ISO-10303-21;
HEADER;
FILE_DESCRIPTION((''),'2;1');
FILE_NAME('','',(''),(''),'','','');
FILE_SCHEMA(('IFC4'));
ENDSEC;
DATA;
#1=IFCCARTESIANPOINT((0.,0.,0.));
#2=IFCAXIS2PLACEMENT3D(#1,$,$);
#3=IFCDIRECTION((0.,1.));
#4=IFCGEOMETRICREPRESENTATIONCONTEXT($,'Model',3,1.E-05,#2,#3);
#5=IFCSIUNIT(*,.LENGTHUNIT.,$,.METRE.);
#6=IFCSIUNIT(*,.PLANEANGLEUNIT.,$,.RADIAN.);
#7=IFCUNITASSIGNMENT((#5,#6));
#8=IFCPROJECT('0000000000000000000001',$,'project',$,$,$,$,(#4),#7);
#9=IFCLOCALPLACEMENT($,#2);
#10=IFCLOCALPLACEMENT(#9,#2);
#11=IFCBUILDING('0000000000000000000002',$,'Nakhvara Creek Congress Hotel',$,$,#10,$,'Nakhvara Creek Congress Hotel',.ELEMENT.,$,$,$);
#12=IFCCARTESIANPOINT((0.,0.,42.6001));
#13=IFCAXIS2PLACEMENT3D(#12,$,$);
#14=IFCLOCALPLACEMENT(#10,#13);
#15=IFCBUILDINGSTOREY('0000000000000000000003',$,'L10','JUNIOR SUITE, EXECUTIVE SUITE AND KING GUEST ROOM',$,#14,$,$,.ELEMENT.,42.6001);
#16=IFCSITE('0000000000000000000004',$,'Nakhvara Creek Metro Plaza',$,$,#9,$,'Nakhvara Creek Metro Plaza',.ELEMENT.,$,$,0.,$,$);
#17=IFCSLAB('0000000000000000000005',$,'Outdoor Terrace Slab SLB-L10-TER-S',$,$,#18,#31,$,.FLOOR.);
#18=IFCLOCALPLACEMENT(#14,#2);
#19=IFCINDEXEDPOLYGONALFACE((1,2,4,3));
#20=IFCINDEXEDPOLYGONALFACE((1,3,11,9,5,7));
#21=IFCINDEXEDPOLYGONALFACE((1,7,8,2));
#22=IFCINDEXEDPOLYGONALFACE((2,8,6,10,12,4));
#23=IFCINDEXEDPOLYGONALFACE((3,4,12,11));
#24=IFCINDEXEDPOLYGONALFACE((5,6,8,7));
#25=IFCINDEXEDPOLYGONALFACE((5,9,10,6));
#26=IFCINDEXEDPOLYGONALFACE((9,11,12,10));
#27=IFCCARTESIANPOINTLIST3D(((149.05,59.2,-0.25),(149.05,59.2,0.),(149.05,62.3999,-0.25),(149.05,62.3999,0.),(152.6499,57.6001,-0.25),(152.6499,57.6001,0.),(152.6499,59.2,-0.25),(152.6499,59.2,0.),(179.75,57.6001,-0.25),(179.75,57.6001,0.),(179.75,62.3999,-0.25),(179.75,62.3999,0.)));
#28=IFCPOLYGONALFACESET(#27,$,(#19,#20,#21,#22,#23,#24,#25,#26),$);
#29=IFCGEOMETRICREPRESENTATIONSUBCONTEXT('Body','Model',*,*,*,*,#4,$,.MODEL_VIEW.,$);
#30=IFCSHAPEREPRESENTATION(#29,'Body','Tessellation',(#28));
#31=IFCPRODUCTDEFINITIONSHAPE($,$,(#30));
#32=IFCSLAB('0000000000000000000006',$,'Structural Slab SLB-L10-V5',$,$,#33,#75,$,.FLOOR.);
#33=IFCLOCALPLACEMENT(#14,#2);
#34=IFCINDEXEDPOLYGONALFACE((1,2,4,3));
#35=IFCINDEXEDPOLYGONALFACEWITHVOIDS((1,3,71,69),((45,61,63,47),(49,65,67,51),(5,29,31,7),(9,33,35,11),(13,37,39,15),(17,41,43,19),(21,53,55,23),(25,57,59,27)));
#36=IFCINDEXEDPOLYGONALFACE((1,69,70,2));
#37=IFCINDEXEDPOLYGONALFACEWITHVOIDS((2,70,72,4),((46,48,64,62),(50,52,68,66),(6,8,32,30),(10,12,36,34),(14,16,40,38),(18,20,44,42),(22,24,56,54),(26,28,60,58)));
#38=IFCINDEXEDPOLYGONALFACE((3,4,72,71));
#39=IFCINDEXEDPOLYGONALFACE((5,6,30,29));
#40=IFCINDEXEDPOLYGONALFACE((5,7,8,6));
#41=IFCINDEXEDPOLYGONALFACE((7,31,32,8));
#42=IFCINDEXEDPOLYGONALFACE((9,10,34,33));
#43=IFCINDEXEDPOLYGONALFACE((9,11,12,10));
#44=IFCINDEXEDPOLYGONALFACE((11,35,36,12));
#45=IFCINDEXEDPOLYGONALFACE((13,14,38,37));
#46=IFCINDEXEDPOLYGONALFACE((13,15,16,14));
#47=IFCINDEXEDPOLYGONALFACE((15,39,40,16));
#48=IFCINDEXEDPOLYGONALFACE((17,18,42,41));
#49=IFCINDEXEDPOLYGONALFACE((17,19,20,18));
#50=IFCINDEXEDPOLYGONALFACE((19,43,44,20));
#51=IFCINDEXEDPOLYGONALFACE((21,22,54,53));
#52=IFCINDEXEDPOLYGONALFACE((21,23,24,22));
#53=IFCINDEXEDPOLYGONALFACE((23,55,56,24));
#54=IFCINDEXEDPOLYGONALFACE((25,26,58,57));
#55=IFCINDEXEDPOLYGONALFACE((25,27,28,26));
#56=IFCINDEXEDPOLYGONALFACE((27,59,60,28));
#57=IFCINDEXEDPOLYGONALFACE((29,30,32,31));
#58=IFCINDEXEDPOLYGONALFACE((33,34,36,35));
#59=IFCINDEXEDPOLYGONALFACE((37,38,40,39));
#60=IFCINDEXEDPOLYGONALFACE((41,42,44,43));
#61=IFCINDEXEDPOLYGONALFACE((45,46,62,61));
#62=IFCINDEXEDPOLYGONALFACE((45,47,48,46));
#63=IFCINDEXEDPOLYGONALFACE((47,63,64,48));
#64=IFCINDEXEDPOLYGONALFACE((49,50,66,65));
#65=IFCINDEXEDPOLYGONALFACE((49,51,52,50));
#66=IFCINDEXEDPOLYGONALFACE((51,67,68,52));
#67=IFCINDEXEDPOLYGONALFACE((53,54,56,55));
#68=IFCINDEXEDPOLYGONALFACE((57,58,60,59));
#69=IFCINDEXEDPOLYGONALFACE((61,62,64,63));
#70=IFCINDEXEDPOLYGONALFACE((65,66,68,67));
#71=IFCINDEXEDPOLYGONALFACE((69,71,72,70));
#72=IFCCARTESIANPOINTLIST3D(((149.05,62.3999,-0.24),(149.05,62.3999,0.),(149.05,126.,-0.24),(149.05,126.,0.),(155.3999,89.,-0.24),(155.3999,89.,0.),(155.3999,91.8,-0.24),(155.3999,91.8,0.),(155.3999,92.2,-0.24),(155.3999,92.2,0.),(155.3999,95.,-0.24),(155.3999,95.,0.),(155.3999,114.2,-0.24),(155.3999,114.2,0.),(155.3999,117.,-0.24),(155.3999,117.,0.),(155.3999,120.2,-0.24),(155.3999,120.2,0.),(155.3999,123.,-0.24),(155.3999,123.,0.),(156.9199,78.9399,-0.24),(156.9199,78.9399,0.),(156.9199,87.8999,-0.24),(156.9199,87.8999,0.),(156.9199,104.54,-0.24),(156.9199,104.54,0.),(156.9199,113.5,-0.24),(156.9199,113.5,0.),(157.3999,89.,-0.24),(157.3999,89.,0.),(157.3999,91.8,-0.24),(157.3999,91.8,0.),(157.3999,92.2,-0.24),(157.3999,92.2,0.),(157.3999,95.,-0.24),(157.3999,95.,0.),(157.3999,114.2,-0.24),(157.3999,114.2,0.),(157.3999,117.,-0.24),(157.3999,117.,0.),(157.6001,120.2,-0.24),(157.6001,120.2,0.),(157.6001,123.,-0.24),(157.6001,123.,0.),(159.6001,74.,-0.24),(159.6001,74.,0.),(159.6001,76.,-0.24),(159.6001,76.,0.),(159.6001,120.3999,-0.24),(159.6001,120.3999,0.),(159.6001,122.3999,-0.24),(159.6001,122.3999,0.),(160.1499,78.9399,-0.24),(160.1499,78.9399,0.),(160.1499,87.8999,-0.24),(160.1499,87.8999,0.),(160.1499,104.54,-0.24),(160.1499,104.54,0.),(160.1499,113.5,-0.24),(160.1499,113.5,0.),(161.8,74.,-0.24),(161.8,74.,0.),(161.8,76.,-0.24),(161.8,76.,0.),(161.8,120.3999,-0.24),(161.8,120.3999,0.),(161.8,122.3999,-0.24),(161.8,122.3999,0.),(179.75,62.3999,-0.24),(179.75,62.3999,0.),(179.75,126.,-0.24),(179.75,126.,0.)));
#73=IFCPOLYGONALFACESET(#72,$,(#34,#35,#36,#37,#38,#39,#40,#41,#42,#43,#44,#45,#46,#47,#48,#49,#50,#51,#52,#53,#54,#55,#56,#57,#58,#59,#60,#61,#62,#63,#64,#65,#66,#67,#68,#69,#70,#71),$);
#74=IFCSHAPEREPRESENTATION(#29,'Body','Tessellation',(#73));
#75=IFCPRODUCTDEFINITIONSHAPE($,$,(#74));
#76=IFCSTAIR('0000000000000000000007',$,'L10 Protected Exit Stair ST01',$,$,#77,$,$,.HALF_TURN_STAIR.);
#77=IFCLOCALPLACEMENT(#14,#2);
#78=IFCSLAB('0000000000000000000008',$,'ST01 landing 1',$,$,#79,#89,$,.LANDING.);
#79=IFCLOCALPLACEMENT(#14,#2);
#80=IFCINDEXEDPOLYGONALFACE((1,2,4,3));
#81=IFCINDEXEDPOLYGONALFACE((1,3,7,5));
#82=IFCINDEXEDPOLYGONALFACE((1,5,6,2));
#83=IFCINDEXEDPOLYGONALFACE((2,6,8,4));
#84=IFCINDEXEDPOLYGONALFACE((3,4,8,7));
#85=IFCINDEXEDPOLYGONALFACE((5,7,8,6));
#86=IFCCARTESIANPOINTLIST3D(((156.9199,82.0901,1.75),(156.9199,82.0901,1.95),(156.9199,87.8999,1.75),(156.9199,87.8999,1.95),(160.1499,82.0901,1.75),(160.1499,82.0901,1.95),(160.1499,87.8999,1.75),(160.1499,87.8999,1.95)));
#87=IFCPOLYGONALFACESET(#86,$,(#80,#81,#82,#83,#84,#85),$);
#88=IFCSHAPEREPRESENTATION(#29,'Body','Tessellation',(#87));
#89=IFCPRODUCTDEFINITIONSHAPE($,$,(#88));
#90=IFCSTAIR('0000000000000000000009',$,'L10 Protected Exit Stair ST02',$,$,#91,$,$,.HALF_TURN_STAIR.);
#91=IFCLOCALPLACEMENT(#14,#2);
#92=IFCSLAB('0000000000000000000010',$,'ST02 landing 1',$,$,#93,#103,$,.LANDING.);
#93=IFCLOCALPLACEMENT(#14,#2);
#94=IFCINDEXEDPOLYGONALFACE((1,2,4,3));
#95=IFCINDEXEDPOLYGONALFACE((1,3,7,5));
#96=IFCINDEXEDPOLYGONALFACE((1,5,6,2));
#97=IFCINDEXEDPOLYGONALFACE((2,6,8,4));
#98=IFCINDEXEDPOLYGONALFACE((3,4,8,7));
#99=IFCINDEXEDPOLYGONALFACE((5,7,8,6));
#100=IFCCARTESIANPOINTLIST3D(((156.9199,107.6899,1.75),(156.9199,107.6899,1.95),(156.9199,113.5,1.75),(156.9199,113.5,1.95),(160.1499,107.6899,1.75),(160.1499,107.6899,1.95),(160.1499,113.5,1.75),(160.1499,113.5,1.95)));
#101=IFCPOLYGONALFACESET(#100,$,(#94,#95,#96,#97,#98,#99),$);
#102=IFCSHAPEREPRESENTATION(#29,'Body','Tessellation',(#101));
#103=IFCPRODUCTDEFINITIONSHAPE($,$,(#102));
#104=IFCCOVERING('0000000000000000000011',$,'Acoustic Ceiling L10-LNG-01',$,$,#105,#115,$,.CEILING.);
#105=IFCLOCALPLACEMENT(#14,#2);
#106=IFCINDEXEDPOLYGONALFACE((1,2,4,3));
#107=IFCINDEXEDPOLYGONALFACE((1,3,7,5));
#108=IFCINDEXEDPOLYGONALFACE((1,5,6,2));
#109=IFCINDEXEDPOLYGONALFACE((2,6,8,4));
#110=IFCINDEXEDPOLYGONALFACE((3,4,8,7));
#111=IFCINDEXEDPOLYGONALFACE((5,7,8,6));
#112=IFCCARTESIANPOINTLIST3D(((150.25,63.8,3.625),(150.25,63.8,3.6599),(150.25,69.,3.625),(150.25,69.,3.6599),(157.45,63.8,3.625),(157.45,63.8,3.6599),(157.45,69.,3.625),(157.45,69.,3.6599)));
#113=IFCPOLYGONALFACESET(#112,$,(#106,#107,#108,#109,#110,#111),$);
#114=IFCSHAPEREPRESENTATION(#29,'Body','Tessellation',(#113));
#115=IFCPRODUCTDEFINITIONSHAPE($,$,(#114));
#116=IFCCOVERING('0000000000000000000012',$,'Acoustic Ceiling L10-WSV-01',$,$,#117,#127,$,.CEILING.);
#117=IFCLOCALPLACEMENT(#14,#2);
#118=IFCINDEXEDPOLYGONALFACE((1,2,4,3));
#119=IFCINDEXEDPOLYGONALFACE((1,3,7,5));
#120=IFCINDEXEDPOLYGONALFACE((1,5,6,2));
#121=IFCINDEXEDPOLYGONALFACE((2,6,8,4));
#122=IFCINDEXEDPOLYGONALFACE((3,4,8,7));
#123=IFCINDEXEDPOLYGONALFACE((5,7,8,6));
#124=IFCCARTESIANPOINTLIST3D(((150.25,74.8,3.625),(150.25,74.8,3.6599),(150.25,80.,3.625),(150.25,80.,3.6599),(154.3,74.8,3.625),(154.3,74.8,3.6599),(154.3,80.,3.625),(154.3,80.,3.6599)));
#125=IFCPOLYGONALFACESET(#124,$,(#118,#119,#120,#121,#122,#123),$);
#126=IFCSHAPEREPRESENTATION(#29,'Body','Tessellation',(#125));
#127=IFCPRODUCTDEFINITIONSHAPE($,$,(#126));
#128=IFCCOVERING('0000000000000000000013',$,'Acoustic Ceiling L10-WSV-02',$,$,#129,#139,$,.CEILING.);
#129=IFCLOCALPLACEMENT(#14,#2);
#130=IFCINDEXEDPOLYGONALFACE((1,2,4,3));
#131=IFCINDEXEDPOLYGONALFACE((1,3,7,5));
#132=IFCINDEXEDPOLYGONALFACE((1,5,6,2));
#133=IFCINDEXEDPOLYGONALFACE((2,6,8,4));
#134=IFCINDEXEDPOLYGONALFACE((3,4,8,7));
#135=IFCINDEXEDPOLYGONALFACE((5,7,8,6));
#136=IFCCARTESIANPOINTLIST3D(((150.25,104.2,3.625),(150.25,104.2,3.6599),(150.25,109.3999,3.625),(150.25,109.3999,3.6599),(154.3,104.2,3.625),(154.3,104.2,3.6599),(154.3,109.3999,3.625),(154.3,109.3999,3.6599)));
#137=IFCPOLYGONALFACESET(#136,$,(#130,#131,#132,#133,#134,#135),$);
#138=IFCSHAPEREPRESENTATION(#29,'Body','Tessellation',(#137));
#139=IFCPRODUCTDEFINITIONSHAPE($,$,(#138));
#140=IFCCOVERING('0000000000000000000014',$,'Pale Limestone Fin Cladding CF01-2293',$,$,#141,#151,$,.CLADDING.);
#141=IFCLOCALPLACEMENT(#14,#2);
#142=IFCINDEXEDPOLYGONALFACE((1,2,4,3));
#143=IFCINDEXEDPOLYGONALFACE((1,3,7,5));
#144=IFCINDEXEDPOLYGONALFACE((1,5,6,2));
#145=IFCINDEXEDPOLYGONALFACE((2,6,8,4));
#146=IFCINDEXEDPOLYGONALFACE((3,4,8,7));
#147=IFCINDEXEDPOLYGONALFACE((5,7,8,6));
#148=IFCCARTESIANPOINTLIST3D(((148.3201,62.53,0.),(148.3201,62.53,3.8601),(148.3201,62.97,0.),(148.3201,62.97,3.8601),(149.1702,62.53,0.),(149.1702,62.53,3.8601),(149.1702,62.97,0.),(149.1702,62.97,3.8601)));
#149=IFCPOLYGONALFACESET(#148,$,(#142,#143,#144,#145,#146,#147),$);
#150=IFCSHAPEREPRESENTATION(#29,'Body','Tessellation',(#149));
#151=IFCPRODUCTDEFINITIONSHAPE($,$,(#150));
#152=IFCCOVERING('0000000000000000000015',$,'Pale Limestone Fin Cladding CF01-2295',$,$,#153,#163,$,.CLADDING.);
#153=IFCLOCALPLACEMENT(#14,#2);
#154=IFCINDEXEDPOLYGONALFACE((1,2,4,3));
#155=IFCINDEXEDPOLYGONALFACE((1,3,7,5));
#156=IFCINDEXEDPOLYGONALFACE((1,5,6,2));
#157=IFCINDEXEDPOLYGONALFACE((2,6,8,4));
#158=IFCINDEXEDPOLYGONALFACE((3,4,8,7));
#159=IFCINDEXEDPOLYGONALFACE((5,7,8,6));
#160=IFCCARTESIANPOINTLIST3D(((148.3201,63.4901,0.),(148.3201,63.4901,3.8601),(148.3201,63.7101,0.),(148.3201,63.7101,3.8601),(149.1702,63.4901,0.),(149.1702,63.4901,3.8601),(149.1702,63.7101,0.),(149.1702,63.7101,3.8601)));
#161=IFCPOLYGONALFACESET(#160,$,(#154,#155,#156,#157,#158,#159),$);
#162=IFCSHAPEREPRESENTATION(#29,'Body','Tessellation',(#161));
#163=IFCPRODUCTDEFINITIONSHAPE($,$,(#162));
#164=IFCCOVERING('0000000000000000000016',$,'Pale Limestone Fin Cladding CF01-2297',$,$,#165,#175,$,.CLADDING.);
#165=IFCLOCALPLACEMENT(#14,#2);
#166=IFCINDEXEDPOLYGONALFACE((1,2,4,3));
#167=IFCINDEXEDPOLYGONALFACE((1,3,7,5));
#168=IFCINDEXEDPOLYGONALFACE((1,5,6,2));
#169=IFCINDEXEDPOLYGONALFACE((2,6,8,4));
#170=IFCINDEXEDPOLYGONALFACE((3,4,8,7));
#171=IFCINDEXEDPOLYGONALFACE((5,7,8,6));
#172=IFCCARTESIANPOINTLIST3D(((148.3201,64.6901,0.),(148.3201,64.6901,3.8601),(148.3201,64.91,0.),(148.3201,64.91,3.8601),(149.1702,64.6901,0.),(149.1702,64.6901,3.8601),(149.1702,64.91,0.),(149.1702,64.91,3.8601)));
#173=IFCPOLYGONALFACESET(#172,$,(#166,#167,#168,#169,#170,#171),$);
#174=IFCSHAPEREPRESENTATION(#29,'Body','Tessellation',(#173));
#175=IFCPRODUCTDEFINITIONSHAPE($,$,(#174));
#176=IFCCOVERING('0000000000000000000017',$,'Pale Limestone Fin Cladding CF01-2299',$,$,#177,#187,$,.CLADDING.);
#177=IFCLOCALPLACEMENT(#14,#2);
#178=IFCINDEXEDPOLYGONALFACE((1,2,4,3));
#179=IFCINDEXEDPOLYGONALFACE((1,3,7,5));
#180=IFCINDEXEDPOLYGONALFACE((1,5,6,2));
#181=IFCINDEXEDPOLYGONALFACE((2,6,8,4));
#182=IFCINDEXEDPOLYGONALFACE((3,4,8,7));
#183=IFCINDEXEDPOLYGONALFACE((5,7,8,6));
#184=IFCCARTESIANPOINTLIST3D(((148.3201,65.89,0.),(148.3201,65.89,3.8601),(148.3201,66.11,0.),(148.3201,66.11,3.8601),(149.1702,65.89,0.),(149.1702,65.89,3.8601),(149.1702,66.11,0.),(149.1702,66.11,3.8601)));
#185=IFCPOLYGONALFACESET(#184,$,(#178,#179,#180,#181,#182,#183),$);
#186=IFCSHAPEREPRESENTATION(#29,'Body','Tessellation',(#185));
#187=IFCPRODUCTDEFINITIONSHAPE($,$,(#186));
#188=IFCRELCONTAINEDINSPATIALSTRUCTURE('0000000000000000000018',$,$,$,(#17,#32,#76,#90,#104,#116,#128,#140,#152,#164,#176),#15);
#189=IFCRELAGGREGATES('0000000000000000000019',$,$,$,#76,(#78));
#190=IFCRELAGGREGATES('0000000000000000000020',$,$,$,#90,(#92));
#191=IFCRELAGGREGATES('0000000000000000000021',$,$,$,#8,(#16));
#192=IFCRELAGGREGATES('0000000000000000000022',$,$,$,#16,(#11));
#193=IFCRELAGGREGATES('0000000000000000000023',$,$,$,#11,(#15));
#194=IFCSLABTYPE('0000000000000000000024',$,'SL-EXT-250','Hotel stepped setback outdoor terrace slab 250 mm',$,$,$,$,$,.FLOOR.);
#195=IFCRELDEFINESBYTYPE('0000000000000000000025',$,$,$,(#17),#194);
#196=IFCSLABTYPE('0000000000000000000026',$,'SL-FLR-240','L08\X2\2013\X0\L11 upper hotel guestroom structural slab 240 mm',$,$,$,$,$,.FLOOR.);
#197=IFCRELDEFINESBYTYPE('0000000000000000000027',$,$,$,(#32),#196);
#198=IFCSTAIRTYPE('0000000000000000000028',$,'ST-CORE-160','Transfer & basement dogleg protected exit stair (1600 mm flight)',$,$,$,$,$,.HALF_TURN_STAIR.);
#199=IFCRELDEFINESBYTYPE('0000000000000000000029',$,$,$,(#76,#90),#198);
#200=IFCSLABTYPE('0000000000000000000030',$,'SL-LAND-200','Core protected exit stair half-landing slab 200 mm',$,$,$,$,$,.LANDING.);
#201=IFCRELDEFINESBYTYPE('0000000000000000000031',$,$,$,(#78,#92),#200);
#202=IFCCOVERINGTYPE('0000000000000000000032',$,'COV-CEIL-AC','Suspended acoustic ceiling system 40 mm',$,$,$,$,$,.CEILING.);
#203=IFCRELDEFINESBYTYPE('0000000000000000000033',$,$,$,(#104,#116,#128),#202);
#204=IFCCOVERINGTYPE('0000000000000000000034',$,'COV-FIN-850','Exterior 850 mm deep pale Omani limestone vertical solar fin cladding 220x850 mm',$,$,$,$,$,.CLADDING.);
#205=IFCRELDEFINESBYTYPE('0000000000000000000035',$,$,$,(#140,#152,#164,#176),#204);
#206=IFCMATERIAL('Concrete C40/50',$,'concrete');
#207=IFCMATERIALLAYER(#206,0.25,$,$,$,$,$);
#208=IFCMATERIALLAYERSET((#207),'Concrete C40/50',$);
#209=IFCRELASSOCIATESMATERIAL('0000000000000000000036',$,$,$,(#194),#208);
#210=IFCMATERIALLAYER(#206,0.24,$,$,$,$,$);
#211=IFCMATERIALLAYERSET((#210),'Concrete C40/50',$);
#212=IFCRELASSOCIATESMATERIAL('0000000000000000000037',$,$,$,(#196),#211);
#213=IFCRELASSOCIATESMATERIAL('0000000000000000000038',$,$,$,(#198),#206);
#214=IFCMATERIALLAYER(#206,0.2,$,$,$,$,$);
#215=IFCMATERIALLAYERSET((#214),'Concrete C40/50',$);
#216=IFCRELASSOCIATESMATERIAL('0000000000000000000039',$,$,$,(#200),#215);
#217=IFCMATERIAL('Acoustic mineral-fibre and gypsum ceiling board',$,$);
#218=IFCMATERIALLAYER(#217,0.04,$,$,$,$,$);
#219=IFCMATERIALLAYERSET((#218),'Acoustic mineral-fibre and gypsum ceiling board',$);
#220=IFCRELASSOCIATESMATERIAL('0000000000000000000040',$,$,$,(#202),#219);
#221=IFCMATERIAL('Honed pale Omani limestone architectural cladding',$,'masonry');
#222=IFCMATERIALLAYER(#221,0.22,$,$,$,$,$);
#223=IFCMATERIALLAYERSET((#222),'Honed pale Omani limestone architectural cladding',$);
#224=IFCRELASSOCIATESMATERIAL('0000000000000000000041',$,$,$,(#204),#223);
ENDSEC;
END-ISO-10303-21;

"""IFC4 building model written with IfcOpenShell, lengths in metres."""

from ifc_helpers import new_model, si_unit, direction, frame, origin, origin_2d, place, context, subcontext, project, spatial, polyline, rectangle, outline, extrude, material, layer, layer_set, type_object, element, aggregate, save


model = new_model("IFC4")

# Units and contexts
model_context = context("Model", 3, precision=1e-05, world=origin(), true_north=direction((0.0, 1.0)))
body_context = subcontext(model_context, "Body", "Model", "MODEL_VIEW")
ifc_project = project(units=[si_unit("LENGTHUNIT", "METRE"), si_unit("PLANEANGLEUNIT", "RADIAN")], contexts=[model_context])

# Site, building, storey
site_placement = place(None, origin())
site = spatial("IfcSite", under=ifc_project, at=site_placement, Name="Nakhvara Creek Metro Plaza", LongName="Nakhvara Creek Metro Plaza", CompositionType="ELEMENT", RefElevation=0.0)
building_placement = place(site_placement, origin())
building = spatial("IfcBuilding", under=site, at=building_placement, Name="Nakhvara Creek Congress Hotel", LongName="Nakhvara Creek Congress Hotel", CompositionType="ELEMENT")
storey_placement = place(building_placement, frame((0.0, 0.0, 42.6001)))
storey = spatial("IfcBuildingStorey", under=building, at=storey_placement, Name="L10", Description="JUNIOR SUITE, EXECUTIVE SUITE AND KING GUEST ROOM", CompositionType="ELEMENT", Elevation=42.6001)

# Slabs
ifc_material_1 = material(Name="Concrete C40/50", Category="concrete")
ifc_layer_1 = layer(ifc_material_1, 0.25)
ifc_layer_set_1 = layer_set([ifc_layer_1], Name="Concrete C40/50")
slab_type_1 = type_object("IfcSlabType", Name="SL-EXT-250", Description="Hotel stepped setback outdoor terrace slab 250 mm", PredefinedType="FLOOR", material=ifc_layer_set_1)
slab_1_placement = place(storey_placement, frame((0.0, 0.0, -0.25)))
element("IfcSlab", 1, at=slab_1_placement, inside=storey, type_object=slab_type_1, Name="Outdoor Terrace Slab SLB-L10-TER-S", PredefinedType="FLOOR", context=body_context, shape_type="SweptSolid", body=[
    extrude(outline(polyline([(152.6499, 57.6001), (179.75, 57.6001), (179.75, 62.3999), (149.05, 62.3999), (149.05, 59.2), (152.6499, 59.2), (152.6499, 57.6001)])), origin(), (0.0, 0.0, 1.0), 0.25),
])
ifc_layer_2 = layer(ifc_material_1, 0.24)
ifc_layer_set_2 = layer_set([ifc_layer_2], Name="Concrete C40/50")
slab_type_2 = type_object("IfcSlabType", Name="SL-FLR-240", Description="L08–L11 upper hotel guestroom structural slab 240 mm", PredefinedType="FLOOR", material=ifc_layer_set_2)
slab_2_placement = place(storey_placement, frame((0.0, 0.0, -0.24)))
element("IfcSlab", 2, at=slab_2_placement, inside=storey, type_object=slab_type_2, Name="Structural Slab SLB-L10-V5", PredefinedType="FLOOR", context=body_context, shape_type="SweptSolid", body=[
    extrude(outline(polyline([(149.05, 126.0), (179.75, 126.0), (179.75, 62.3999), (149.05, 62.3999), (149.05, 126.0)]), holes=[polyline([(161.8, 74.0), (161.8, 76.0), (159.6001, 76.0), (159.6001, 74.0), (161.8, 74.0)]), polyline([(160.1499, 87.8999), (156.9199, 87.8999), (156.9199, 78.9399), (160.1499, 78.9399), (160.1499, 87.8999)]), polyline([(157.3999, 89.0), (157.3999, 91.8), (155.3999, 91.8), (155.3999, 89.0), (157.3999, 89.0)]), polyline([(157.3999, 92.2), (157.3999, 95.0), (155.3999, 95.0), (155.3999, 92.2), (157.3999, 92.2)]), polyline([(160.1499, 113.5), (156.9199, 113.5), (156.9199, 104.54), (160.1499, 104.54), (160.1499, 113.5)]), polyline([(157.3999, 114.2), (157.3999, 117.0), (155.3999, 117.0), (155.3999, 114.2), (157.3999, 114.2)]), polyline([(161.8, 120.3999), (161.8, 122.3999), (159.6001, 122.3999), (159.6001, 120.3999), (161.8, 120.3999)]), polyline([(157.6001, 120.2), (157.6001, 123.0), (155.3999, 123.0), (155.3999, 120.2), (157.6001, 120.2)])]), origin(), (0.0, 0.0, 1.0), 0.24),
])

# Stairs, slabs
stair_type = type_object("IfcStairType", Name="ST-CORE-160", Description="Transfer & basement dogleg protected exit stair (1600 mm flight)", PredefinedType="HALF_TURN_STAIR", material=ifc_material_1)
stair_1_placement = place(storey_placement, origin())
stair_1 = element("IfcStair", 3, at=stair_1_placement, inside=storey, type_object=stair_type, Name="L10 Protected Exit Stair ST01", PredefinedType="HALF_TURN_STAIR")
ifc_layer_3 = layer(ifc_material_1, 0.2)
ifc_layer_set_3 = layer_set([ifc_layer_3], Name="Concrete C40/50")
slab_type_3 = type_object("IfcSlabType", Name="SL-LAND-200", Description="Core protected exit stair half-landing slab 200 mm", PredefinedType="LANDING", material=ifc_layer_set_3)
slab_3_placement = place(storey_placement, frame((0.0, 0.0, 1.75)))
slab_3 = element("IfcSlab", 4, at=slab_3_placement, type_object=slab_type_3, Name="ST01 landing 1", PredefinedType="LANDING", context=body_context, shape_type="SweptSolid", body=[
    extrude(outline(polyline([(160.1499, 82.0901), (160.1499, 87.8999), (156.9199, 87.8999), (156.9199, 82.0901), (160.1499, 82.0901)])), origin(), (0.0, 0.0, 1.0), 0.2),
])
aggregate(stair_1, [slab_3])
stair_2_placement = place(storey_placement, origin())
stair_2 = element("IfcStair", 5, at=stair_2_placement, inside=storey, type_object=stair_type, Name="L10 Protected Exit Stair ST02", PredefinedType="HALF_TURN_STAIR")
slab_4_placement = place(storey_placement, frame((0.0, 0.0, 1.75)))
slab_4 = element("IfcSlab", 6, at=slab_4_placement, type_object=slab_type_3, Name="ST02 landing 1", PredefinedType="LANDING", context=body_context, shape_type="SweptSolid", body=[
    extrude(outline(polyline([(160.1499, 107.6899), (160.1499, 113.5), (156.9199, 113.5), (156.9199, 107.6899), (160.1499, 107.6899)])), origin(), (0.0, 0.0, 1.0), 0.2),
])
aggregate(stair_2, [slab_4])

# Coverings
ifc_material_2 = material(Name="Acoustic mineral-fibre and gypsum ceiling board")
ifc_layer_4 = layer(ifc_material_2, 0.04)
ifc_layer_set_4 = layer_set([ifc_layer_4], Name="Acoustic mineral-fibre and gypsum ceiling board")
covering_type_1 = type_object("IfcCoveringType", Name="COV-CEIL-AC", Description="Suspended acoustic ceiling system 40 mm", PredefinedType="CEILING", material=ifc_layer_set_4)
covering_1_placement = place(storey_placement, frame((0.0, 0.0, 3.625)))
element("IfcCovering", 7, at=covering_1_placement, inside=storey, type_object=covering_type_1, Name="Acoustic Ceiling L10-LNG-01", PredefinedType="CEILING", context=body_context, shape_type="SweptSolid", body=[
    extrude(outline(polyline([(150.25, 63.8), (157.45, 63.8), (157.45, 69.0), (150.25, 69.0), (150.25, 63.8)])), origin(), (0.0, 0.0, 1.0), 0.0349),
])
covering_2_placement = place(storey_placement, frame((0.0, 0.0, 3.625)))
element("IfcCovering", 8, at=covering_2_placement, inside=storey, type_object=covering_type_1, Name="Acoustic Ceiling L10-WSV-01", PredefinedType="CEILING", context=body_context, shape_type="SweptSolid", body=[
    extrude(outline(polyline([(150.25, 74.8), (154.3, 74.8), (154.3, 80.0), (150.25, 80.0), (150.25, 74.8)])), origin(), (0.0, 0.0, 1.0), 0.0349),
])
covering_3_placement = place(storey_placement, frame((0.0, 0.0, 3.625)))
element("IfcCovering", 9, at=covering_3_placement, inside=storey, type_object=covering_type_1, Name="Acoustic Ceiling L10-WSV-02", PredefinedType="CEILING", context=body_context, shape_type="SweptSolid", body=[
    extrude(outline(polyline([(150.25, 104.2), (154.3, 104.2), (154.3, 109.3999), (150.25, 109.3999), (150.25, 104.2)])), origin(), (0.0, 0.0, 1.0), 0.0349),
])
ifc_material_3 = material(Name="Honed pale Omani limestone architectural cladding", Category="masonry")
ifc_layer_5 = layer(ifc_material_3, 0.22)
ifc_layer_set_5 = layer_set([ifc_layer_5], Name="Honed pale Omani limestone architectural cladding")
covering_type_2 = type_object("IfcCoveringType", Name="COV-FIN-850", Description="Exterior 850 mm deep pale Omani limestone vertical solar fin cladding 220x850 mm", PredefinedType="CLADDING", material=ifc_layer_set_5)
covering_4_placement = place(storey_placement, frame((148.7451, 62.75, 0.0), z_axis=(0.0, 0.0, 1.0), x_axis=(0.0, 1.0, 0.0)))
element("IfcCovering", 10, at=covering_4_placement, inside=storey, type_object=covering_type_2, Name="Pale Limestone Fin Cladding CF01-2293", PredefinedType="CLADDING", context=body_context, shape_type="SweptSolid", body=[
    extrude(rectangle(XDim=0.4399, YDim=0.8501, at=origin_2d()), origin(), (0.0, 0.0, 1.0), 3.8601),
])
for number, where, z_axis, x_axis, name in (
    (11, (148.7451, 63.6001, 0.0), (0.0, 0.0, 1.0), (0.0, 1.0, 0.0), "Pale Limestone Fin Cladding CF01-2295"),
    (12, (148.7451, 64.8, 0.0), (0.0, 0.0, 1.0), (0.0, 1.0, 0.0), "Pale Limestone Fin Cladding CF01-2297"),
    (13, (148.7451, 66.0, 0.0), (0.0, 0.0, 1.0), (0.0, 1.0, 0.0), "Pale Limestone Fin Cladding CF01-2299"),
):
    element("IfcCovering", number, at=place(storey_placement, frame(where, z_axis=z_axis, x_axis=x_axis)), inside=storey, type_object=covering_type_2, Name=name, PredefinedType="CLADDING", context=body_context, shape_type="SweptSolid", body=[
        extrude(rectangle(XDim=0.22, YDim=0.8501, at=origin_2d()), origin(), (0.0, 0.0, 1.0), 3.8601),
    ])

save(model, "model.ifc")
